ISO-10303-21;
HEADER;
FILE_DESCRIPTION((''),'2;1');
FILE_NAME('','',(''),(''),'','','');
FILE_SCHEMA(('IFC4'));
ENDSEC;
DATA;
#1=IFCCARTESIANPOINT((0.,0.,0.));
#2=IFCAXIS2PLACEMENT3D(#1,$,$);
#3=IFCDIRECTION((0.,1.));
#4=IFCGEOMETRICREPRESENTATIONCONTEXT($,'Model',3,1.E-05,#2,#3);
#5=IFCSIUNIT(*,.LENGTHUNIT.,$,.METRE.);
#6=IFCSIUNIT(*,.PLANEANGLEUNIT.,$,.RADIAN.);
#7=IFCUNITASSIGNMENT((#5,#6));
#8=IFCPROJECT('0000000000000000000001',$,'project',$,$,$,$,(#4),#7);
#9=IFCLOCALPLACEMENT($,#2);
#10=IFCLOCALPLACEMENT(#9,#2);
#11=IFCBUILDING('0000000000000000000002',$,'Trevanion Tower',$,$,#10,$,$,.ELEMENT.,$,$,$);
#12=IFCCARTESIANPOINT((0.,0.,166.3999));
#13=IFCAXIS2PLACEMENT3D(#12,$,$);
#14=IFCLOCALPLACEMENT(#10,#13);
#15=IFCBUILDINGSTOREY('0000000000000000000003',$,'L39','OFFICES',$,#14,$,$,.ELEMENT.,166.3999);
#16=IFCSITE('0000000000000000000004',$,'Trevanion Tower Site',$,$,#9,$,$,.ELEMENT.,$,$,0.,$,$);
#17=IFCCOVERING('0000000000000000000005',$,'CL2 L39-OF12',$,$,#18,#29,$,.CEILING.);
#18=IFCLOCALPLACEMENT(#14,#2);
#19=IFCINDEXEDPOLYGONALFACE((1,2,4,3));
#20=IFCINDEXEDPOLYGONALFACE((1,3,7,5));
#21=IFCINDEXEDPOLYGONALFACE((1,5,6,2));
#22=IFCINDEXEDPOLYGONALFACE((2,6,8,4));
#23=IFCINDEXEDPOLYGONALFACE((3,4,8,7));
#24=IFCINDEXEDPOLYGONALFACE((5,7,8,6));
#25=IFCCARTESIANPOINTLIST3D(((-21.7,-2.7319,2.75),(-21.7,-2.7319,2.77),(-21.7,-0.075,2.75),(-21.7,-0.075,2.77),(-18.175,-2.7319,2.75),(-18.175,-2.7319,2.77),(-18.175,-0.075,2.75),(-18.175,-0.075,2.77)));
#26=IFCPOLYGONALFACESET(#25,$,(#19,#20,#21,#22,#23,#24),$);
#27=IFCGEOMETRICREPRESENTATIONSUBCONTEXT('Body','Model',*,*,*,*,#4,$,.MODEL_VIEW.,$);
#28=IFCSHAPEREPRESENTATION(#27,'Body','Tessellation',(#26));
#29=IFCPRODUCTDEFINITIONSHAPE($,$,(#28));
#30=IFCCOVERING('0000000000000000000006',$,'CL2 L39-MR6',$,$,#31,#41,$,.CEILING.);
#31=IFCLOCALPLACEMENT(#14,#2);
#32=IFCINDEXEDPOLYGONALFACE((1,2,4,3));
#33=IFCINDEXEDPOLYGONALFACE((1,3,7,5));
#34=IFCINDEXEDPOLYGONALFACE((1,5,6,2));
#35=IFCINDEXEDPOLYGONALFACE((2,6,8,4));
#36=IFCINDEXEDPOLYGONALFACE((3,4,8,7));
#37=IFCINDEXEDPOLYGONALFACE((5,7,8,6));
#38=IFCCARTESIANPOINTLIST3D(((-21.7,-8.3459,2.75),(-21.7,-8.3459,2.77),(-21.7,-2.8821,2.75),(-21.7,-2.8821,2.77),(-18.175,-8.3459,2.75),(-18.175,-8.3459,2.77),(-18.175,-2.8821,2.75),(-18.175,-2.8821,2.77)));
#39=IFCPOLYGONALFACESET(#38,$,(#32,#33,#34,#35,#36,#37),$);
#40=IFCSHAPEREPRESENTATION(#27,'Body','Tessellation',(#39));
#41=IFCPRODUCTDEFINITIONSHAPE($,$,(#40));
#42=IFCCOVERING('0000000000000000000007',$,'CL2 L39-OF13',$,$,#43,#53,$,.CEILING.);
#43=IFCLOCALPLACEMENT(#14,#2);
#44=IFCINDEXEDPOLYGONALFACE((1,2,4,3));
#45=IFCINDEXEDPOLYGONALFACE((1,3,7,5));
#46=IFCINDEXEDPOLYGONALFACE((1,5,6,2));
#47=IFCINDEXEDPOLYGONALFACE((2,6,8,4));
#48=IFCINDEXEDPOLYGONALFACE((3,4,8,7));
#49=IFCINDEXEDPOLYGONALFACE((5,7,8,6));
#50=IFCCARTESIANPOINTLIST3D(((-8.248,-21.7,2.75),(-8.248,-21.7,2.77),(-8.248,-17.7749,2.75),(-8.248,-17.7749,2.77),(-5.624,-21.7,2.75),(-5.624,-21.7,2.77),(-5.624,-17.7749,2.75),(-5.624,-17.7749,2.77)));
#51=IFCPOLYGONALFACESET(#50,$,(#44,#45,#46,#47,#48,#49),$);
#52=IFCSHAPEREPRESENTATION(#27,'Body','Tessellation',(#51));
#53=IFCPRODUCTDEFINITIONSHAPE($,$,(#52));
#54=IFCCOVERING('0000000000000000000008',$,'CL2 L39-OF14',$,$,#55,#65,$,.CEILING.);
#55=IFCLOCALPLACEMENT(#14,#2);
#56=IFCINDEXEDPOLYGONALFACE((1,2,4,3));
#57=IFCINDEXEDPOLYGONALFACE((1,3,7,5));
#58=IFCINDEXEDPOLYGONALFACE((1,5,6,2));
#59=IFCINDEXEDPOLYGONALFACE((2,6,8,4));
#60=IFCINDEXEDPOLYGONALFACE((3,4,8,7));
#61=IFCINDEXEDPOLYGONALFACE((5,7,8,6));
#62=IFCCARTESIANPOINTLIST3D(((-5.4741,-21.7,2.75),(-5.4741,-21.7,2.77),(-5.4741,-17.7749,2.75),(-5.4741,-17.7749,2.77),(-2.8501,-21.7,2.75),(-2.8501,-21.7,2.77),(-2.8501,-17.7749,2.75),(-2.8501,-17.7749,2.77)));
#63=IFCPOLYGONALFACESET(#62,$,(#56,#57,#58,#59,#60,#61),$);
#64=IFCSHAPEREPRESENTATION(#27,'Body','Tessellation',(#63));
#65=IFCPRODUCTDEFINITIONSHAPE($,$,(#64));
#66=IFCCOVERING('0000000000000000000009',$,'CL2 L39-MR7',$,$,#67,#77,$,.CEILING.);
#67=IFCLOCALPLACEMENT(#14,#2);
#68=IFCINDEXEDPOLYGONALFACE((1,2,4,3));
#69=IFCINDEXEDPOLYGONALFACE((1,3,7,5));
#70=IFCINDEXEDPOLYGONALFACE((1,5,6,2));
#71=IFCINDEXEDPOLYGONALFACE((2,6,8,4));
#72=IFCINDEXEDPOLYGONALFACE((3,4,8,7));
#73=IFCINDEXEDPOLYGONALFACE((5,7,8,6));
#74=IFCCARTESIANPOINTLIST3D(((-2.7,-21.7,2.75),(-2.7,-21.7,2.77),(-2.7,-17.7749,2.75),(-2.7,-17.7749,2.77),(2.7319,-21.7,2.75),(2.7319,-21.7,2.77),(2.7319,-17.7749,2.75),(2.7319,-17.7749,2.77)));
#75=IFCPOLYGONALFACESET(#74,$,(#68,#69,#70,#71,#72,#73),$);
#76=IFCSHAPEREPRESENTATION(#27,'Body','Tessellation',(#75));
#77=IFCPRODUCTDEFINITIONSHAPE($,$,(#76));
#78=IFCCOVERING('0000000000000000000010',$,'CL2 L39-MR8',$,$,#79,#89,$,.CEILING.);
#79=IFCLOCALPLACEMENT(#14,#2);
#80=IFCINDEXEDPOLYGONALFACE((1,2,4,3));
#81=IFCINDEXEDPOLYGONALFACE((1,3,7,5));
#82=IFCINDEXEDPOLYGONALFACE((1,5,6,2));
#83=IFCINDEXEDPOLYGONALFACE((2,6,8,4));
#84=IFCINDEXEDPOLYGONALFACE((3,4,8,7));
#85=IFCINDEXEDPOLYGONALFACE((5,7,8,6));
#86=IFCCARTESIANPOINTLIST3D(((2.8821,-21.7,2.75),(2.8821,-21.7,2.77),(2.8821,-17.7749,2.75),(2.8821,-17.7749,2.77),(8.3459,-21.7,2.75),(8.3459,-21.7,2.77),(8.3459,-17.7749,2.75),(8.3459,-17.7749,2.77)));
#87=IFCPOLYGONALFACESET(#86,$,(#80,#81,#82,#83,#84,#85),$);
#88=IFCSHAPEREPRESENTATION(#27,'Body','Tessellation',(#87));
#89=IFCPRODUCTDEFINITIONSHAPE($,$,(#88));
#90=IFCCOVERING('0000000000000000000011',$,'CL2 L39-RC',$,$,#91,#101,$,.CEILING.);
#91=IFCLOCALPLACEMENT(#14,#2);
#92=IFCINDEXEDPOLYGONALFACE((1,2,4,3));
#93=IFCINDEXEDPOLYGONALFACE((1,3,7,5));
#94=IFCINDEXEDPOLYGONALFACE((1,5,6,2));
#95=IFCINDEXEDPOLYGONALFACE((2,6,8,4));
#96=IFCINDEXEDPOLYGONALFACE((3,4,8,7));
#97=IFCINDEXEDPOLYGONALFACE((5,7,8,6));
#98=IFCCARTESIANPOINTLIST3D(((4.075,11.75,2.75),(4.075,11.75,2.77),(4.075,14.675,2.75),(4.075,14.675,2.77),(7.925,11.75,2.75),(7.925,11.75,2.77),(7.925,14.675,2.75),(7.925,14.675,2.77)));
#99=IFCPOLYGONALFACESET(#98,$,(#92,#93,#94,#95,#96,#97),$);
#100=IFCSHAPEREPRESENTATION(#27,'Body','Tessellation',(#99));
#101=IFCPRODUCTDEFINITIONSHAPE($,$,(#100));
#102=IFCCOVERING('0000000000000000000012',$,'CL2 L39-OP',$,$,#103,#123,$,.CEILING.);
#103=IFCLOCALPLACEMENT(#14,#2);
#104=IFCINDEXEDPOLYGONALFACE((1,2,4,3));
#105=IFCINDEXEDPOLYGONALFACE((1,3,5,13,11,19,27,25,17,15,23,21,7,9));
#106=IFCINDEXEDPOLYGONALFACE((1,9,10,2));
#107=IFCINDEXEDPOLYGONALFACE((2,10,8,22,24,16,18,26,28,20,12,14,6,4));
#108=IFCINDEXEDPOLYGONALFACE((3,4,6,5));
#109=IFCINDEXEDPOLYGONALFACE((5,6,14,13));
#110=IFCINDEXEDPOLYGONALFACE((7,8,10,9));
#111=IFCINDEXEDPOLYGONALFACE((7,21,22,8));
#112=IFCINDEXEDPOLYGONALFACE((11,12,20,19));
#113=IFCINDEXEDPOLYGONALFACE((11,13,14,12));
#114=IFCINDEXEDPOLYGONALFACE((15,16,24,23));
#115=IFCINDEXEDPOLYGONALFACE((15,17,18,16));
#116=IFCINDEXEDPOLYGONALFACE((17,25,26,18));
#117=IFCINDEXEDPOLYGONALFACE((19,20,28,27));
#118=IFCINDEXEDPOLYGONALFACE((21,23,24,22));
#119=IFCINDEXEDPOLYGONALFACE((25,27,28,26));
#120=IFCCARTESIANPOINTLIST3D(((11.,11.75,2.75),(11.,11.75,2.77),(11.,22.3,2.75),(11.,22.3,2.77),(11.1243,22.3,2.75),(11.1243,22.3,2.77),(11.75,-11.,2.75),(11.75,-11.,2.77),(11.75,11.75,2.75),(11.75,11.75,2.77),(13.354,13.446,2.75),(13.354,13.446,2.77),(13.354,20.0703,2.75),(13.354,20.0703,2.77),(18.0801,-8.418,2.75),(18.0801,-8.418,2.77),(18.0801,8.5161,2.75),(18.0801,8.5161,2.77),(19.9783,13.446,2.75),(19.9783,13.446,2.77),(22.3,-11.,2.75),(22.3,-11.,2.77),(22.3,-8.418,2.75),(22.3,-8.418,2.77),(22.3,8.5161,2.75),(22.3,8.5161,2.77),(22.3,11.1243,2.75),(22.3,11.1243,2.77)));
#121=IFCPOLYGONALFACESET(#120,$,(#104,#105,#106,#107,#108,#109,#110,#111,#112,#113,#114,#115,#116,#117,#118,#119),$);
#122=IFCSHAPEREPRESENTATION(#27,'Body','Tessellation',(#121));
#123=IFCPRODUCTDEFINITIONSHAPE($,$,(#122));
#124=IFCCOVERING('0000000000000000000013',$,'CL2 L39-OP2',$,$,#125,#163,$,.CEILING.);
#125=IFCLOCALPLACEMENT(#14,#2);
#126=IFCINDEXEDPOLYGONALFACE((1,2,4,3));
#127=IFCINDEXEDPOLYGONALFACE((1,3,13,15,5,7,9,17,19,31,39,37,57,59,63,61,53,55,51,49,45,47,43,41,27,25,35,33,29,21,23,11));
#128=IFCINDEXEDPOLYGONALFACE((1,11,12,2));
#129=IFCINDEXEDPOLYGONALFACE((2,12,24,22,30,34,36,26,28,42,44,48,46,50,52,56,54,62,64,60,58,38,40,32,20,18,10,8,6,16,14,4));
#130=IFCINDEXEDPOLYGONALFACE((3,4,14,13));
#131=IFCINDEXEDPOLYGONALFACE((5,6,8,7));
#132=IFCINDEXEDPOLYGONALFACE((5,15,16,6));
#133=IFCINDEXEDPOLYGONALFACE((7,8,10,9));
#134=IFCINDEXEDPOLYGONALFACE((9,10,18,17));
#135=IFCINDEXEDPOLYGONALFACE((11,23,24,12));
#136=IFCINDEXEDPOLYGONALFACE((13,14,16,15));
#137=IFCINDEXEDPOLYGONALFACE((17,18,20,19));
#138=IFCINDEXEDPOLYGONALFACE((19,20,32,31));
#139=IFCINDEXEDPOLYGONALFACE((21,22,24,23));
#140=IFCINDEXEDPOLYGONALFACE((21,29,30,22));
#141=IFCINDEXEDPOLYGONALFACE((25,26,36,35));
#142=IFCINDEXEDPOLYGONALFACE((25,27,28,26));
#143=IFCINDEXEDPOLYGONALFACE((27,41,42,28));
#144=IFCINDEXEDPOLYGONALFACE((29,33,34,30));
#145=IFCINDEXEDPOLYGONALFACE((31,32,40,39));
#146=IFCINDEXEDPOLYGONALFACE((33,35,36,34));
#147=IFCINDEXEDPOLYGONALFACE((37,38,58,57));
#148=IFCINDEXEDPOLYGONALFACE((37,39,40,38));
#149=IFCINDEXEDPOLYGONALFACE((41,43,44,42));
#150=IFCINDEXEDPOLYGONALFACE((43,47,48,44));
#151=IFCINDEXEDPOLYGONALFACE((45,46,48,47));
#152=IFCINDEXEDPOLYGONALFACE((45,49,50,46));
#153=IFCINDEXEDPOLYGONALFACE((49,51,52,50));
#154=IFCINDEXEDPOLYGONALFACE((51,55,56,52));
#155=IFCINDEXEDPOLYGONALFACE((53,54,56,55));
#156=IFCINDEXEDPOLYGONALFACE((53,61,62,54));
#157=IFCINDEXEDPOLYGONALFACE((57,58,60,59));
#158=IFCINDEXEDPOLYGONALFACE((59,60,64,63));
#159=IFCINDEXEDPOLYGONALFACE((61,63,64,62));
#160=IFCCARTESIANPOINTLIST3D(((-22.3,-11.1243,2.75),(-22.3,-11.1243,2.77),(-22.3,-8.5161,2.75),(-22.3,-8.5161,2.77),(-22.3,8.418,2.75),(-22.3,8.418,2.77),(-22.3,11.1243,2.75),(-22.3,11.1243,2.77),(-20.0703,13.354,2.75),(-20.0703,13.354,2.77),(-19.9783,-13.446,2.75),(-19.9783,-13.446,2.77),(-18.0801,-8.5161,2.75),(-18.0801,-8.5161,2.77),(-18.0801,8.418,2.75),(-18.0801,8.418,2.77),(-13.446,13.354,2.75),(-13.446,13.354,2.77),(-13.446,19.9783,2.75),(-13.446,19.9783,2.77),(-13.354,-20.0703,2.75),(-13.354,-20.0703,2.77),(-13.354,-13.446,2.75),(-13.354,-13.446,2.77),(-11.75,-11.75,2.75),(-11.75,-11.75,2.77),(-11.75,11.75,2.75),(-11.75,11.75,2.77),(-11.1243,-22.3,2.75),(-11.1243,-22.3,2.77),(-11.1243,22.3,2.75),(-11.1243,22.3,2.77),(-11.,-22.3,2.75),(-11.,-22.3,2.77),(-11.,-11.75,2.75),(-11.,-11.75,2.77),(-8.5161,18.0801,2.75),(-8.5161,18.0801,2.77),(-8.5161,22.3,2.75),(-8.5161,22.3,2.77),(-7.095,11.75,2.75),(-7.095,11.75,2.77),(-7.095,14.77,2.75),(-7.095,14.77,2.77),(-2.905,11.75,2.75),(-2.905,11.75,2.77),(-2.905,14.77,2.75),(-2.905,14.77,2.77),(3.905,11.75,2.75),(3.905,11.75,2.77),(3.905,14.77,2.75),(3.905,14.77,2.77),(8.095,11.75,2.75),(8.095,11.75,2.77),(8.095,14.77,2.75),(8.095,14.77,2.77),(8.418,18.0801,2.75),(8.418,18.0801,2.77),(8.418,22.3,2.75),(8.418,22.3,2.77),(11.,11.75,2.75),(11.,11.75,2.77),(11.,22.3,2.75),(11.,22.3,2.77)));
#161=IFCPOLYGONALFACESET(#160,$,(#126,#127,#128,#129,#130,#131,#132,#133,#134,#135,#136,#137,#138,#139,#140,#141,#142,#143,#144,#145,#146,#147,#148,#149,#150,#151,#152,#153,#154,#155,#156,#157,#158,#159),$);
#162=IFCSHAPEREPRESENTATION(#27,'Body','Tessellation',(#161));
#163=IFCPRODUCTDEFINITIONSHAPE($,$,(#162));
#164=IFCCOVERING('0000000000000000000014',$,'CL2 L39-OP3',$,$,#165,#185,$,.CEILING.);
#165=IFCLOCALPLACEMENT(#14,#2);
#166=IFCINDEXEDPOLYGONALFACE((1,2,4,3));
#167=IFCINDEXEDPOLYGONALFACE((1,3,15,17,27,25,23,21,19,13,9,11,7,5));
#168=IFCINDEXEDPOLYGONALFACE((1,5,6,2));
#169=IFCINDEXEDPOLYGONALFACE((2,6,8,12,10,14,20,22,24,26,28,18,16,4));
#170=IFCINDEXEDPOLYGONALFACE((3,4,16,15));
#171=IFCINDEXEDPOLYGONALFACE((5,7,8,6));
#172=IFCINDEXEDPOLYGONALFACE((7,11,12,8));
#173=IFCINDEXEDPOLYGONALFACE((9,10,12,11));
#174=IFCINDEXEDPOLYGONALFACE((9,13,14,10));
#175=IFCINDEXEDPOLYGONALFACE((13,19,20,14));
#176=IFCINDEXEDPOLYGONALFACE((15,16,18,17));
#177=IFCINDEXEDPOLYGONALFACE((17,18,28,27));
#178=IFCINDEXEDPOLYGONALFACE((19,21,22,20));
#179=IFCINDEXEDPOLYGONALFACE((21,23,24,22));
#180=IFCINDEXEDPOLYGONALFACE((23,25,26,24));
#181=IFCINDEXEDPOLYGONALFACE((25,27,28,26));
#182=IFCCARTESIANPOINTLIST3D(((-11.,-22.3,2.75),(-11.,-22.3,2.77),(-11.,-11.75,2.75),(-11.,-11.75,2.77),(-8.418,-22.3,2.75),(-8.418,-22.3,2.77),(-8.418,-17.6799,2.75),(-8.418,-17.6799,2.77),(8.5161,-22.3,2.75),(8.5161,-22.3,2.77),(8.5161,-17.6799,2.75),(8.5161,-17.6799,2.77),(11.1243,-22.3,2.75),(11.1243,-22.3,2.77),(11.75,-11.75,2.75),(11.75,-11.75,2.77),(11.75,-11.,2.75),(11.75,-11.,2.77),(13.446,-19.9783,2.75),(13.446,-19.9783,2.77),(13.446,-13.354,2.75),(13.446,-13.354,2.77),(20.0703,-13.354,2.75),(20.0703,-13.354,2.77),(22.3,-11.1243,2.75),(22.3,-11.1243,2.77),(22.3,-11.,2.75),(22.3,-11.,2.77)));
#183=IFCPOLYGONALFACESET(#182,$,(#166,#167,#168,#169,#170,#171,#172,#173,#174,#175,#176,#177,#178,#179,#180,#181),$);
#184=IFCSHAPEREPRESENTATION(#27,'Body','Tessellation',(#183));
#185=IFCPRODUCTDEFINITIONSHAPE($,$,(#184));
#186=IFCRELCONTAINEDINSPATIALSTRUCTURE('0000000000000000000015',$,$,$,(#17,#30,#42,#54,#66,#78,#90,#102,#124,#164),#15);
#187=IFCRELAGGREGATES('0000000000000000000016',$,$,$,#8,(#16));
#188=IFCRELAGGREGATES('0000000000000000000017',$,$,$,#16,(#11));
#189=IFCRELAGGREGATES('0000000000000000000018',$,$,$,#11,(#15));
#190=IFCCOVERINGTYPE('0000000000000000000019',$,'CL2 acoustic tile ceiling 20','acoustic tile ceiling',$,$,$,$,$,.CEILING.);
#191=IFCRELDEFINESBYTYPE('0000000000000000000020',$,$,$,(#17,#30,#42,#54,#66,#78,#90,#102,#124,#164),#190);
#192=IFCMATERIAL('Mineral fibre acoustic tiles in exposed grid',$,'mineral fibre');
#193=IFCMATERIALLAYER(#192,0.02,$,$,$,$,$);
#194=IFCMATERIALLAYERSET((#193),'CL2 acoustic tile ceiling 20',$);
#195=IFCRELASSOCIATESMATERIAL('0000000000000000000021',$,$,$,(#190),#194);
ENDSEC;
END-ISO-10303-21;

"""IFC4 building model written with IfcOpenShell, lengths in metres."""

from ifc_helpers import new_model, si_unit, direction, frame, origin, place, context, subcontext, project, spatial, polyline, outline, extrude, material, layer, layer_set, type_object, element, save


model = new_model("IFC4")

# Units and contexts
model_context = context("Model", 3, precision=1e-05, world=origin(), true_north=direction((0.0, 1.0)))
body_context = subcontext(model_context, "Body", "Model", "MODEL_VIEW")
ifc_project = project(units=[si_unit("LENGTHUNIT", "METRE"), si_unit("PLANEANGLEUNIT", "RADIAN")], contexts=[model_context])

# Site, building, storey
site_placement = place(None, origin())
site = spatial("IfcSite", under=ifc_project, at=site_placement, Name="Trevanion Tower Site", CompositionType="ELEMENT", RefElevation=0.0)
building_placement = place(site_placement, origin())
building = spatial("IfcBuilding", under=site, at=building_placement, Name="Trevanion Tower", CompositionType="ELEMENT")
storey_placement = place(building_placement, frame((0.0, 0.0, 166.3999)))
storey = spatial("IfcBuildingStorey", under=building, at=storey_placement, Name="L39", Description="OFFICES", CompositionType="ELEMENT", Elevation=166.3999)

# Coverings
ifc_material_1 = material(Name="Mineral fibre acoustic tiles in exposed grid", Category="mineral fibre")
ifc_layer_1 = layer(ifc_material_1, 0.02)
ifc_layer_set_1 = layer_set([ifc_layer_1], Name="CL2 acoustic tile ceiling 20")
covering_type_1 = type_object("IfcCoveringType", Name="CL2 acoustic tile ceiling 20", Description="acoustic tile ceiling", PredefinedType="CEILING", material=ifc_layer_set_1)
covering_1_placement = place(storey_placement, frame((0.0, 0.0, 2.75)))
element("IfcCovering", 1, at=covering_1_placement, inside=storey, type_object=covering_type_1, Name="CL2 L39-OF12", PredefinedType="CEILING", context=body_context, shape_type="SweptSolid", body=[
    extrude(outline(polyline([(-18.175, -0.075), (-18.175, -2.7319), (-21.7, -2.7319), (-21.7, -0.075), (-18.175, -0.075)])), origin(), (0.0, 0.0, 1.0), 0.02),
])
covering_2_placement = place(storey_placement, frame((0.0, 0.0, 2.75)))
element("IfcCovering", 2, at=covering_2_placement, inside=storey, type_object=covering_type_1, Name="CL2 L39-MR6", PredefinedType="CEILING", context=body_context, shape_type="SweptSolid", body=[
    extrude(outline(polyline([(-18.175, -2.8821), (-18.175, -8.3459), (-21.7, -8.3459), (-21.7, -2.8821), (-18.175, -2.8821)])), origin(), (0.0, 0.0, 1.0), 0.02),
])
covering_3_placement = place(storey_placement, frame((0.0, 0.0, 2.75)))
element("IfcCovering", 3, at=covering_3_placement, inside=storey, type_object=covering_type_1, Name="CL2 L39-OF13", PredefinedType="CEILING", context=body_context, shape_type="SweptSolid", body=[
    extrude(outline(polyline([(-8.248, -17.7749), (-5.624, -17.7749), (-5.624, -21.7), (-8.248, -21.7), (-8.248, -17.7749)])), origin(), (0.0, 0.0, 1.0), 0.02),
])
covering_4_placement = place(storey_placement, frame((0.0, 0.0, 2.75)))
element("IfcCovering", 4, at=covering_4_placement, inside=storey, type_object=covering_type_1, Name="CL2 L39-OF14", PredefinedType="CEILING", context=body_context, shape_type="SweptSolid", body=[
    extrude(outline(polyline([(-5.4741, -17.7749), (-2.8501, -17.7749), (-2.8501, -21.7), (-5.4741, -21.7), (-5.4741, -17.7749)])), origin(), (0.0, 0.0, 1.0), 0.02),
])
covering_5_placement = place(storey_placement, frame((0.0, 0.0, 2.75)))
element("IfcCovering", 5, at=covering_5_placement, inside=storey, type_object=covering_type_1, Name="CL2 L39-MR7", PredefinedType="CEILING", context=body_context, shape_type="SweptSolid", body=[
    extrude(outline(polyline([(-2.7, -17.7749), (2.7319, -17.7749), (2.7319, -21.7), (-2.7, -21.7), (-2.7, -17.7749)])), origin(), (0.0, 0.0, 1.0), 0.02),
])
covering_6_placement = place(storey_placement, frame((0.0, 0.0, 2.75)))
element("IfcCovering", 6, at=covering_6_placement, inside=storey, type_object=covering_type_1, Name="CL2 L39-MR8", PredefinedType="CEILING", context=body_context, shape_type="SweptSolid", body=[
    extrude(outline(polyline([(2.8821, -17.7749), (8.3459, -17.7749), (8.3459, -21.7), (2.8821, -21.7), (2.8821, -17.7749)])), origin(), (0.0, 0.0, 1.0), 0.02),
])
covering_7_placement = place(storey_placement, frame((0.0, 0.0, 2.75)))
element("IfcCovering", 7, at=covering_7_placement, inside=storey, type_object=covering_type_1, Name="CL2 L39-RC", PredefinedType="CEILING", context=body_context, shape_type="SweptSolid", body=[
    extrude(outline(polyline([(4.075, 14.675), (7.925, 14.675), (7.925, 11.75), (4.075, 11.75), (4.075, 14.675)])), origin(), (0.0, 0.0, 1.0), 0.02),
])
covering_8_placement = place(storey_placement, frame((0.0, 0.0, 2.75)))
element("IfcCovering", 8, at=covering_8_placement, inside=storey, type_object=covering_type_1, Name="CL2 L39-OP", PredefinedType="CEILING", context=body_context, shape_type="SweptSolid", body=[
    extrude(outline(polyline([(11.75, 11.75), (11.0, 11.75), (11.0, 22.3), (11.1243, 22.3), (13.354, 20.0703), (13.354, 13.446), (19.9783, 13.446), (22.3, 11.1243), (22.3, 8.5161), (18.0801, 8.5161), (18.0801, -8.418), (22.3, -8.418), (22.3, -11.0), (11.75, -11.0), (11.75, 11.75)])), origin(), (0.0, 0.0, 1.0), 0.02),
])
covering_9_placement = place(storey_placement, frame((0.0, 0.0, 2.75)))
element("IfcCovering", 9, at=covering_9_placement, inside=storey, type_object=covering_type_1, Name="CL2 L39-OP2", PredefinedType="CEILING", context=body_context, shape_type="SweptSolid", body=[
    extrude(outline(polyline([(-11.0, -11.75), (-11.0, -22.3), (-11.1243, -22.3), (-13.354, -20.0703), (-13.354, -13.446), (-19.9783, -13.446), (-22.3, -11.1243), (-22.3, -8.5161), (-18.0801, -8.5161), (-18.0801, 8.418), (-22.3, 8.418), (-22.3, 11.1243), (-20.0703, 13.354), (-13.446, 13.354), (-13.446, 19.9783), (-11.1243, 22.3), (-8.5161, 22.3), (-8.5161, 18.0801), (8.418, 18.0801), (8.418, 22.3), (11.0, 22.3), (11.0, 11.75), (8.095, 11.75), (8.095, 14.77), (3.905, 14.77), (3.905, 11.75), (-2.905, 11.75), (-2.905, 14.77), (-7.095, 14.77), (-7.095, 11.75), (-11.75, 11.75), (-11.75, -11.75), (-11.0, -11.75)])), origin(), (0.0, 0.0, 1.0), 0.02),
])
covering_10_placement = place(storey_placement, frame((0.0, 0.0, 2.75)))
element("IfcCovering", 10, at=covering_10_placement, inside=storey, type_object=covering_type_1, Name="CL2 L39-OP3", PredefinedType="CEILING", context=body_context, shape_type="SweptSolid", body=[
    extrude(outline(polyline([(11.75, -11.75), (11.75, -11.0), (22.3, -11.0), (22.3, -11.1243), (20.0703, -13.354), (13.446, -13.354), (13.446, -19.9783), (11.1243, -22.3), (8.5161, -22.3), (8.5161, -17.6799), (-8.418, -17.6799), (-8.418, -22.3), (-11.0, -22.3), (-11.0, -11.75), (11.75, -11.75)])), origin(), (0.0, 0.0, 1.0), 0.02),
])

save(model, "model.ifc")
